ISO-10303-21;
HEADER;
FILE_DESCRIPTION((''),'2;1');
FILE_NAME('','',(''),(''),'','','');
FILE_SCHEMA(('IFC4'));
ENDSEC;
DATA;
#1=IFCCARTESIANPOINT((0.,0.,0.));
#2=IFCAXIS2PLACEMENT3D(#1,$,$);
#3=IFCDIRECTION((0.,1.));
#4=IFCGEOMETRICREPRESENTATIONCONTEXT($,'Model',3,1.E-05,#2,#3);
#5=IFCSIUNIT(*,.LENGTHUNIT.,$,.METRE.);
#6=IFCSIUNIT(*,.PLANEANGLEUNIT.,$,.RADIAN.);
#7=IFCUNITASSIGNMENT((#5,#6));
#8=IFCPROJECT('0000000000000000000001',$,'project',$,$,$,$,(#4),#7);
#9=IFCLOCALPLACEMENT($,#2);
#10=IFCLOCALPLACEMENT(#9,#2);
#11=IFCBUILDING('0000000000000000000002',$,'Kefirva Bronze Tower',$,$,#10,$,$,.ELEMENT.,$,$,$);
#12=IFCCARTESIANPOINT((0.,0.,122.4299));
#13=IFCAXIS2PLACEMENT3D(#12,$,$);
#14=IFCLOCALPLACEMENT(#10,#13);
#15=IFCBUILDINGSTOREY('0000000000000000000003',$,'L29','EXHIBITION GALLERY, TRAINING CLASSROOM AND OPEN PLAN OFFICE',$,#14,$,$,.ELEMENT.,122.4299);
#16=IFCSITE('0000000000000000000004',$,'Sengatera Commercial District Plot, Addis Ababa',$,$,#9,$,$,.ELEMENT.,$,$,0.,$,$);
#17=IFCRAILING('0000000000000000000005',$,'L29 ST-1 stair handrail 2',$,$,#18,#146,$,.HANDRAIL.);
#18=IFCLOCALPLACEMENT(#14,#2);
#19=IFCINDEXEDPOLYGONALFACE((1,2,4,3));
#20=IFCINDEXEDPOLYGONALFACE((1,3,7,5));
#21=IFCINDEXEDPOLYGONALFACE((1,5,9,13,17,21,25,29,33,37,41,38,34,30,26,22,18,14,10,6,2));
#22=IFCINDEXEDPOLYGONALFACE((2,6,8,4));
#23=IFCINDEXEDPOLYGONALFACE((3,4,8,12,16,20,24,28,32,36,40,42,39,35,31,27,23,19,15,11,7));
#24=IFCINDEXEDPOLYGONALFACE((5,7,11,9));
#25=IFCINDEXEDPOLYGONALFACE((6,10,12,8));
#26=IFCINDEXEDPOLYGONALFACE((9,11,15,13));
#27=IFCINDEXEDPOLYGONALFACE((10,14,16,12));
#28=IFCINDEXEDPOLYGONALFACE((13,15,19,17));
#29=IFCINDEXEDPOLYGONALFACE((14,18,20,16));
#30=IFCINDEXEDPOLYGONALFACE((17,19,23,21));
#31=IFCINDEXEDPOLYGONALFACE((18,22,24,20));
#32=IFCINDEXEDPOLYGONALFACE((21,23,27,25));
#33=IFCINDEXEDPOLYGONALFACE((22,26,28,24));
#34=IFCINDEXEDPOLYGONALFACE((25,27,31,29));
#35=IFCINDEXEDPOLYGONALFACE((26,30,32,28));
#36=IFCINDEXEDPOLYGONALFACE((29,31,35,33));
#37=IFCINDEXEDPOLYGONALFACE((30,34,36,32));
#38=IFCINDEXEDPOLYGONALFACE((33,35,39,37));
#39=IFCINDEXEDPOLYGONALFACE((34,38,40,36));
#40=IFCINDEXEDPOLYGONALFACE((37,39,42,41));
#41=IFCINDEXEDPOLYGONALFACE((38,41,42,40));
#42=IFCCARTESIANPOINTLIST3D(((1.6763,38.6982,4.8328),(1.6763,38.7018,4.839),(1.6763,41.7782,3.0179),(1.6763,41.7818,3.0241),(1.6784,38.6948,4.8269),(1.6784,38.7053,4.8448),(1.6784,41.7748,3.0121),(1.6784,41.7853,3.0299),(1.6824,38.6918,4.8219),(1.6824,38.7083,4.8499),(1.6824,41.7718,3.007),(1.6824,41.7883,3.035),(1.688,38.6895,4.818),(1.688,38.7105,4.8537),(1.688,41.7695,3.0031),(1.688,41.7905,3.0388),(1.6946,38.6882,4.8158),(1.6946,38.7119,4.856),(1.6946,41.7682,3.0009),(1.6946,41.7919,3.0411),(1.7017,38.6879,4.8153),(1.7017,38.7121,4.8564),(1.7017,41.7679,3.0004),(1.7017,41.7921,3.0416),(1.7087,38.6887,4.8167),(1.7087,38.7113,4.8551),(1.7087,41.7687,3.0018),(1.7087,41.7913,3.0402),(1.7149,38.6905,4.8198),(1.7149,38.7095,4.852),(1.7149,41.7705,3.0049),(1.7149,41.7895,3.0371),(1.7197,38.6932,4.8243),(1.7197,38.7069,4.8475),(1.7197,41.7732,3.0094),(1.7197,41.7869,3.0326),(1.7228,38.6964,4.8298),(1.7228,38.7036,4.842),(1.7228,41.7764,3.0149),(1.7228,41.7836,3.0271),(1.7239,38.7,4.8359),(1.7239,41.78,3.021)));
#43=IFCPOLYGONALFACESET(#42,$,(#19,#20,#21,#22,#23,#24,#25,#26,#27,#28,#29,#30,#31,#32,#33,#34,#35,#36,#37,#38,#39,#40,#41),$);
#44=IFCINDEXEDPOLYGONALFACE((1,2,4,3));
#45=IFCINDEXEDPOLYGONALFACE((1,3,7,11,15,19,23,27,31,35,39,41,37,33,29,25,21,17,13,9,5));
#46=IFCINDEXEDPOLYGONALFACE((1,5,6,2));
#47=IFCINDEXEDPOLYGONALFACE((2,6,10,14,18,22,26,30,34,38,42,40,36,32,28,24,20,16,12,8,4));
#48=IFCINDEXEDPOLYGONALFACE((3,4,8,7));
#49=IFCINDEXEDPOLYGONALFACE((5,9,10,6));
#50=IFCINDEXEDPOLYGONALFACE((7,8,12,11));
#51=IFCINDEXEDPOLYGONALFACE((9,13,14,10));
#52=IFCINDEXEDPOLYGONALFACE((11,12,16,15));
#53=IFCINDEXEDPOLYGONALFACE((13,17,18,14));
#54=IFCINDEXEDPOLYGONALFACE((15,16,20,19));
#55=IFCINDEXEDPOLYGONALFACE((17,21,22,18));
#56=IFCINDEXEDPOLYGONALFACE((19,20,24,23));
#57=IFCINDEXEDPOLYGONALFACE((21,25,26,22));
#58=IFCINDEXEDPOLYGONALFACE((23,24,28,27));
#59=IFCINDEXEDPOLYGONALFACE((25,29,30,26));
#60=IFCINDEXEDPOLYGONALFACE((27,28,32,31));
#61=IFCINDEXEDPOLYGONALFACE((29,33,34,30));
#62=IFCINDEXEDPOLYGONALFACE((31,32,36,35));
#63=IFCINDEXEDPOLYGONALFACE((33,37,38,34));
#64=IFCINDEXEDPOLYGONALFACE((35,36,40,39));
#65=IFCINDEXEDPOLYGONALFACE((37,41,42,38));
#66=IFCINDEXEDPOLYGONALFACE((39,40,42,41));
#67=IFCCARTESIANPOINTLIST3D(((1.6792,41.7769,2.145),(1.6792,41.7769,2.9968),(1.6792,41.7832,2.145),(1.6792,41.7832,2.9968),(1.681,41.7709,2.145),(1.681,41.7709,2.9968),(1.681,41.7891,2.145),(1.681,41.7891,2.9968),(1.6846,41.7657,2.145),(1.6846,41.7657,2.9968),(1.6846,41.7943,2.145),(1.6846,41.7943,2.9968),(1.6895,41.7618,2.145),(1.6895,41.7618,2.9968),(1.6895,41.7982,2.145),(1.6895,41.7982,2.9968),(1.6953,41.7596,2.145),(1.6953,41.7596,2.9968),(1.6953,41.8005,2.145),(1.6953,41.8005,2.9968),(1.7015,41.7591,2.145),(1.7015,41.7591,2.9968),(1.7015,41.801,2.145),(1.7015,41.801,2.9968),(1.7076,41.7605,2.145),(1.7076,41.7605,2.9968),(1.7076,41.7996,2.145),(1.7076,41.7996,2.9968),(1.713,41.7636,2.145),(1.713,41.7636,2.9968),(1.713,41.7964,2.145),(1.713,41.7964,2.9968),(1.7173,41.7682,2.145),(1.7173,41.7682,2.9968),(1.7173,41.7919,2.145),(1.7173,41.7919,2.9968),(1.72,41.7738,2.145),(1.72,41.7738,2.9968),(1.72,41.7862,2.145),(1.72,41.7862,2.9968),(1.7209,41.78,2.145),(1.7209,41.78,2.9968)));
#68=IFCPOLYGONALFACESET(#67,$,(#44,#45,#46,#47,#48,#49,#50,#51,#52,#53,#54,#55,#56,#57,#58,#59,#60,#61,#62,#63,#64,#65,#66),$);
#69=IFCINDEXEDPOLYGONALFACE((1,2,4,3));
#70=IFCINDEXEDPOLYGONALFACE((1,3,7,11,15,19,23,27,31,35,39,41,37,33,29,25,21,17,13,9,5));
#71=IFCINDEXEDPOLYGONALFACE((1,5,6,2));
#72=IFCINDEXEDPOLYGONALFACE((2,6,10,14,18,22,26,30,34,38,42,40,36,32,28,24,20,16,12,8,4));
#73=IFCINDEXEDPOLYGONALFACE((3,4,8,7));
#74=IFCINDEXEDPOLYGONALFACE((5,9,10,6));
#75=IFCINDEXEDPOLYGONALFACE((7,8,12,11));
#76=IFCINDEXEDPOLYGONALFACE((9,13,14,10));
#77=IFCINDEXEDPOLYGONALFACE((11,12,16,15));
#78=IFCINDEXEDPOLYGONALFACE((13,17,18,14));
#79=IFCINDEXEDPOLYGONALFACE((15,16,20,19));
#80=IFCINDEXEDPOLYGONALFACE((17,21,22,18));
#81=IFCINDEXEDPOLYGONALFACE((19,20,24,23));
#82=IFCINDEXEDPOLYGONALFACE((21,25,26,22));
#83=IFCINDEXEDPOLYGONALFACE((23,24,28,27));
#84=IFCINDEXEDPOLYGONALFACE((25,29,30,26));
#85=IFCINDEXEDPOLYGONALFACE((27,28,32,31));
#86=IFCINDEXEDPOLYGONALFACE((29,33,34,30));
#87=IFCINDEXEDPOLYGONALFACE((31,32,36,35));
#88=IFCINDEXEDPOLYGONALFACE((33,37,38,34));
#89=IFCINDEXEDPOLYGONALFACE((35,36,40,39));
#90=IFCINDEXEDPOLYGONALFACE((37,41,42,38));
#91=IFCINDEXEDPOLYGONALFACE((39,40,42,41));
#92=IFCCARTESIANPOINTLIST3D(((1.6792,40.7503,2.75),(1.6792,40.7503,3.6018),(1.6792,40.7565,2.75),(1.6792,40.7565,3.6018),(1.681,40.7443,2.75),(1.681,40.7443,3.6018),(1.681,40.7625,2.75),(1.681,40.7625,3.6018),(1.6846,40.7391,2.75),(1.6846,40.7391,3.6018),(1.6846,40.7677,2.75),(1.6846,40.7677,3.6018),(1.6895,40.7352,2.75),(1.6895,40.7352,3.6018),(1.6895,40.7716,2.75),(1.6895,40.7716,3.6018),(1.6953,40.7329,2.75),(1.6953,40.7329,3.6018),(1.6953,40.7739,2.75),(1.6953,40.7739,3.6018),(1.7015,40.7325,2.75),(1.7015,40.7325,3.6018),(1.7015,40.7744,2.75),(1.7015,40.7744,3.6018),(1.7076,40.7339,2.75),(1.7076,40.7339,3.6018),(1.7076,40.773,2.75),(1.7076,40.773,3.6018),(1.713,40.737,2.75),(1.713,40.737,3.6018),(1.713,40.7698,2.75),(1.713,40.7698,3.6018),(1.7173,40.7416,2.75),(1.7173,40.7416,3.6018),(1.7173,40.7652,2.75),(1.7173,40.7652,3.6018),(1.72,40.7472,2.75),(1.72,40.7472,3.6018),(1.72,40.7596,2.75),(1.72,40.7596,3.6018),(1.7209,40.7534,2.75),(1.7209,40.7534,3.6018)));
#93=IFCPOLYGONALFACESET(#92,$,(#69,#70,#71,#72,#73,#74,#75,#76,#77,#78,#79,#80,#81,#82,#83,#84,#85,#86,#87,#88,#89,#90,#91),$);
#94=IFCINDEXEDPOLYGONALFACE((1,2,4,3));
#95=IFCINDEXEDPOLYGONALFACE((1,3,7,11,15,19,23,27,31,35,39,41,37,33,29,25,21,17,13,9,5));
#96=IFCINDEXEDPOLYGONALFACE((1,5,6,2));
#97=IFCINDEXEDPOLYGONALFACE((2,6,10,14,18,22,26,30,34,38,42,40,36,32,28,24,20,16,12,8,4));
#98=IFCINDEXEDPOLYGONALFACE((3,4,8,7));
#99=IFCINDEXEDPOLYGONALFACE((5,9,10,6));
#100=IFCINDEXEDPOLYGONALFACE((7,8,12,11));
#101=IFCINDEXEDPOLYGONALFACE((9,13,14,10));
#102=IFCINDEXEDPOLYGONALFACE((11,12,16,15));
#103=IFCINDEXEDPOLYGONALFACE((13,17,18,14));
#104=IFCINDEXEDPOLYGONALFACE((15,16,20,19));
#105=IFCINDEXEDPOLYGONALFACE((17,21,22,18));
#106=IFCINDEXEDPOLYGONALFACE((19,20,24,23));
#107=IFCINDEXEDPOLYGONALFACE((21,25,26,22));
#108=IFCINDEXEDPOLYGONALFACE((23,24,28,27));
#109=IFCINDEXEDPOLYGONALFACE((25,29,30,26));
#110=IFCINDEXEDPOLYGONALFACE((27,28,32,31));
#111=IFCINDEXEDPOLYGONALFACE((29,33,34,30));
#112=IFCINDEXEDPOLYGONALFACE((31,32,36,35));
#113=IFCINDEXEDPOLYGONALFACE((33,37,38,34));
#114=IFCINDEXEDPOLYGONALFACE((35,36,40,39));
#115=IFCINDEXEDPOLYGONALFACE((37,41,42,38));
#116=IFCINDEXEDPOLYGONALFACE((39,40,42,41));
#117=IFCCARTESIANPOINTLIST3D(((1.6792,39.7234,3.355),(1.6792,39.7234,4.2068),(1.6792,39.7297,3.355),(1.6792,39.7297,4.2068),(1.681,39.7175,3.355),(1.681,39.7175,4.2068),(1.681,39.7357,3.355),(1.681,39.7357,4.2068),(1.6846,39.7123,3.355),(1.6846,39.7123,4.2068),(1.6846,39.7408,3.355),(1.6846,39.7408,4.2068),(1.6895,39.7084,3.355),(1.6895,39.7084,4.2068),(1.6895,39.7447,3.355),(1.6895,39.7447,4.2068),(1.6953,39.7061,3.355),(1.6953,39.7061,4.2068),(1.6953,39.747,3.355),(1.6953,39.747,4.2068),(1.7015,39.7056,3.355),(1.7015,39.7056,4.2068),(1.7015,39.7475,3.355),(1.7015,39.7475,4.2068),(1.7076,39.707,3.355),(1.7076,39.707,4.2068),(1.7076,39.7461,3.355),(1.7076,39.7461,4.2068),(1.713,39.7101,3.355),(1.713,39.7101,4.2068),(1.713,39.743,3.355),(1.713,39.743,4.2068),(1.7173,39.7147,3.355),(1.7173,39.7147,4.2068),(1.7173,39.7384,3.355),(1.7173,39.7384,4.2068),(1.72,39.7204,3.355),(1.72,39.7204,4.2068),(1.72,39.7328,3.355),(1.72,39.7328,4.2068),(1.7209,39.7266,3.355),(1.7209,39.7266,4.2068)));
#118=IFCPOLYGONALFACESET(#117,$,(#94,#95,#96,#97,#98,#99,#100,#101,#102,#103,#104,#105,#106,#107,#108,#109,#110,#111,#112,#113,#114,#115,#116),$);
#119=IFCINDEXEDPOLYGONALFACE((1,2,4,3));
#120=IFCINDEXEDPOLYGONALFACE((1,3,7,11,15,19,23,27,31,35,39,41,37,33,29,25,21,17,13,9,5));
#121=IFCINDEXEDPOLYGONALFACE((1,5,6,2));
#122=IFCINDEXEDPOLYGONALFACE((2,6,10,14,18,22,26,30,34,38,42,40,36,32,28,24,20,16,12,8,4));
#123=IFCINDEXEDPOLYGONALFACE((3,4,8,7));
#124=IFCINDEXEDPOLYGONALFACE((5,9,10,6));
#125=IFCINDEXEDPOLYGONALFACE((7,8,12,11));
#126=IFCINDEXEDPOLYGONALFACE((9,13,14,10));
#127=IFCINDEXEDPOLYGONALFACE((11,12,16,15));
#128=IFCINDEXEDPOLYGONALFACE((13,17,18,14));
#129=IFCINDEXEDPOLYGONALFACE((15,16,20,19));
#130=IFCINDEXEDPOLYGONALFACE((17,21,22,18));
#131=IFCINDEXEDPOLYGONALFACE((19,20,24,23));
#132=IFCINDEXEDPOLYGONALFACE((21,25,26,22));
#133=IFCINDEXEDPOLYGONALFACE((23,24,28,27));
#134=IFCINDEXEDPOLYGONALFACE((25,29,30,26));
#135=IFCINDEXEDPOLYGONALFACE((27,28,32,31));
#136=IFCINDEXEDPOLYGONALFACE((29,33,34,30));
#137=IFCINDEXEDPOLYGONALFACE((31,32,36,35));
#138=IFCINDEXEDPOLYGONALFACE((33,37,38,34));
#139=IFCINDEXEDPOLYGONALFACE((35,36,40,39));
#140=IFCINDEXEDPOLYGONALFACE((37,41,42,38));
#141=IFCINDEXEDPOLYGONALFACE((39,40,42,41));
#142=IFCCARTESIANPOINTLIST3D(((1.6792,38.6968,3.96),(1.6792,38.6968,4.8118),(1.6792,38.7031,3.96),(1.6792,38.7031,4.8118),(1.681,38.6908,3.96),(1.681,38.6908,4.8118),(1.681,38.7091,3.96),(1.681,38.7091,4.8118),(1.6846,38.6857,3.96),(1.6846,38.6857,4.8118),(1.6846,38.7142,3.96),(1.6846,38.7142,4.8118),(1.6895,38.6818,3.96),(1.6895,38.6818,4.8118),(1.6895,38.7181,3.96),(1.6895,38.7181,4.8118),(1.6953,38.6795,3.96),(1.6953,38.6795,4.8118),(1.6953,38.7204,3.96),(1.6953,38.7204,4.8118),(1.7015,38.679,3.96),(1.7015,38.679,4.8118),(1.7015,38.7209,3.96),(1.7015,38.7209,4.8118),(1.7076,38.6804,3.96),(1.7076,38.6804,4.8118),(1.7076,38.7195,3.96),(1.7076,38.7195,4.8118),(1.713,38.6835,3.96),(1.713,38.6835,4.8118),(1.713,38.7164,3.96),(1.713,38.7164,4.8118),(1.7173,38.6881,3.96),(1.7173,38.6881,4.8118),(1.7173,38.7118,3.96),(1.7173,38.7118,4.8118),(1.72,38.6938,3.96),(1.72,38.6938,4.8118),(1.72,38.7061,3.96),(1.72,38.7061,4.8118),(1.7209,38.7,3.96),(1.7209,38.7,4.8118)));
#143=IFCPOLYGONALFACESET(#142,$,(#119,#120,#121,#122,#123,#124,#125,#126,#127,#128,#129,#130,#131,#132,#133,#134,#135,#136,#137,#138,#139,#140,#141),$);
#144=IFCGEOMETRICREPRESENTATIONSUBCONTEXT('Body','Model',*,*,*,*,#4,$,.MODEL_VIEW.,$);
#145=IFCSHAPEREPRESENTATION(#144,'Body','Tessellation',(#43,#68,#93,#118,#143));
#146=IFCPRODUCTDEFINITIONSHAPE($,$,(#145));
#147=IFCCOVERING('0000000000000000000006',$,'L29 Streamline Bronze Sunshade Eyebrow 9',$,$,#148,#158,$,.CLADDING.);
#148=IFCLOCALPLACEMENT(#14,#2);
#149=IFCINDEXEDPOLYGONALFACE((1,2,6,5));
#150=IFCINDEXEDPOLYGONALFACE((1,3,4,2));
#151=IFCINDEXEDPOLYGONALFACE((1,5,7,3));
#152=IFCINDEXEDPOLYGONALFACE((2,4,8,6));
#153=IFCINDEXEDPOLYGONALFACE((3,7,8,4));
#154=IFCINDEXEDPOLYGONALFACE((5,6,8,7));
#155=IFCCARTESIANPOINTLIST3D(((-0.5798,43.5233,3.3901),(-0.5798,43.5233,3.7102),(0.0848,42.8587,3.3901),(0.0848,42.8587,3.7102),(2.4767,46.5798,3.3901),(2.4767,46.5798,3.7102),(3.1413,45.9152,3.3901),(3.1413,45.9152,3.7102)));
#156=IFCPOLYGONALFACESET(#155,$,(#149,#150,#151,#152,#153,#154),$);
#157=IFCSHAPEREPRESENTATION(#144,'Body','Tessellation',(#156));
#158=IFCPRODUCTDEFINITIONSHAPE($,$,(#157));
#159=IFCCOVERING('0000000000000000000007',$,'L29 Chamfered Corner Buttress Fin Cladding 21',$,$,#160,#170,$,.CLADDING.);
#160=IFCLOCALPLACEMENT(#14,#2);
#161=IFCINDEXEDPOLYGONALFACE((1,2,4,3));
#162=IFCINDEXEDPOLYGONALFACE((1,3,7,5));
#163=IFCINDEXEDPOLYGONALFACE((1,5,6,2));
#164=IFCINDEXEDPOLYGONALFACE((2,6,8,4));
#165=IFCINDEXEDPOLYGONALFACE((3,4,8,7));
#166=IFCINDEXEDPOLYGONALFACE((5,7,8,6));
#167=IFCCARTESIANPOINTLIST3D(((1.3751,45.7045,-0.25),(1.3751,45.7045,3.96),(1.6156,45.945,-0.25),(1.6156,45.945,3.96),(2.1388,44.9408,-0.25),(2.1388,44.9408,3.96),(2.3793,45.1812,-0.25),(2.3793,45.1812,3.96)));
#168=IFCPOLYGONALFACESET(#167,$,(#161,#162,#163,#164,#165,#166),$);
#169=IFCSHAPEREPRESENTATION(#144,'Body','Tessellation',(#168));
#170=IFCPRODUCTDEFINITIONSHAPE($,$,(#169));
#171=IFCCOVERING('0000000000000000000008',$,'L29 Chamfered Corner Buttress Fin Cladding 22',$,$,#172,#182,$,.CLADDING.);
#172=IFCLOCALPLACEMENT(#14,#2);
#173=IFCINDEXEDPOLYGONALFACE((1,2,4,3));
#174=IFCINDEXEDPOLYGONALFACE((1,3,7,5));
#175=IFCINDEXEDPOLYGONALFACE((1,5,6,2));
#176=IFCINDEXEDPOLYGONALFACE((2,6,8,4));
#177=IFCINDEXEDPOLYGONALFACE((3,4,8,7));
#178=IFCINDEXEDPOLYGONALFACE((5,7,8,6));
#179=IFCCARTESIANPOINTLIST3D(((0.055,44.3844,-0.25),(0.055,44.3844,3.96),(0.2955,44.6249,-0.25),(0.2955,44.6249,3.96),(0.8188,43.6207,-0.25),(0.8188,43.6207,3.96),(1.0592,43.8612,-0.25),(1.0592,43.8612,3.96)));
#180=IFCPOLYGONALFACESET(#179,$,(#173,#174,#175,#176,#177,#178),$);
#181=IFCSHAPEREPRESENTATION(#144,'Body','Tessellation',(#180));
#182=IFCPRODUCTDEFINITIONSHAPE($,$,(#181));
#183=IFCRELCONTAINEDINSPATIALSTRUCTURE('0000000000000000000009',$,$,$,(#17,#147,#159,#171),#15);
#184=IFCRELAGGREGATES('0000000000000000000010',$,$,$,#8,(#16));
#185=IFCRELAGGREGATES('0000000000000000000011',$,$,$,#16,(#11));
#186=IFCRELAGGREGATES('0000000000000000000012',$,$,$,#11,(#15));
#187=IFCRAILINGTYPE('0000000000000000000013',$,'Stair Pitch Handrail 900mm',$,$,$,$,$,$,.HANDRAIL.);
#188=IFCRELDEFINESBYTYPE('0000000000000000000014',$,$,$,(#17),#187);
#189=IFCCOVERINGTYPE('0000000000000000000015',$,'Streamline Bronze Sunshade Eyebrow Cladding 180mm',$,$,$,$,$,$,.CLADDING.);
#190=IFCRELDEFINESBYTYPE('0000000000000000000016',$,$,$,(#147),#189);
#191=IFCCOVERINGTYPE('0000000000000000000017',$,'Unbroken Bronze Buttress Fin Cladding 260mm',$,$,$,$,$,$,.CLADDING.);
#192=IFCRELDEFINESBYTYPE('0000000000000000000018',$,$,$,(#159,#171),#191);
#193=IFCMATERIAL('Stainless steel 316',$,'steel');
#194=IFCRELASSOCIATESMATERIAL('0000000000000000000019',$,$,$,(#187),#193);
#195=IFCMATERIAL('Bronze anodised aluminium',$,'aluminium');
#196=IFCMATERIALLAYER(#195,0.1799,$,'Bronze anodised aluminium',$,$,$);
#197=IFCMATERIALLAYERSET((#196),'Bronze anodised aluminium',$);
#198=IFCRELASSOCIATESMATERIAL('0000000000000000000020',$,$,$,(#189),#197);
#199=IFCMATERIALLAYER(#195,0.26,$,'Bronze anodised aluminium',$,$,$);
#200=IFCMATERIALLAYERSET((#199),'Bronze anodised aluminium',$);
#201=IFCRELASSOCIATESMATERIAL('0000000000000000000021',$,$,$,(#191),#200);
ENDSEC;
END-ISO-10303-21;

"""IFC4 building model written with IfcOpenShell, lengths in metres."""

from ifc_helpers import new_model, si_unit, direction, frame, origin, origin_2d, place, context, subcontext, project, spatial, rectangle, circle, extrude, material, layer, layer_set, type_object, element, save


model = new_model("IFC4")

# Units and contexts
model_context = context("Model", 3, precision=1e-05, world=origin(), true_north=direction((0.0, 1.0)))
body_context = subcontext(model_context, "Body", "Model", "MODEL_VIEW")
ifc_project = project(units=[si_unit("LENGTHUNIT", "METRE"), si_unit("PLANEANGLEUNIT", "RADIAN")], contexts=[model_context])

# Site, building, storey
site_placement = place(None, origin())
site = spatial("IfcSite", under=ifc_project, at=site_placement, Name="Sengatera Commercial District Plot, Addis Ababa", CompositionType="ELEMENT", RefElevation=0.0)
building_placement = place(site_placement, origin())
building = spatial("IfcBuilding", under=site, at=building_placement, Name="Kefirva Bronze Tower", CompositionType="ELEMENT")
storey_placement = place(building_placement, frame((0.0, 0.0, 122.4299)))
storey = spatial("IfcBuildingStorey", under=building, at=storey_placement, Name="L29", Description="EXHIBITION GALLERY, TRAINING CLASSROOM AND OPEN PLAN OFFICE", CompositionType="ELEMENT", Elevation=122.4299)

# Shared definitions
ifc_material_1 = material(Name="Bronze anodised aluminium", Category="aluminium")

# Railing
ifc_material_2 = material(Name="Stainless steel 316", Category="steel")
railing_type_1 = type_object("IfcRailingType", Name="Stair Pitch Handrail 900mm", PredefinedType="HANDRAIL", material=ifc_material_2)
railing_1_placement = place(storey_placement, frame((1.7, 41.78, 2.145)))
element("IfcRailing", 1, at=railing_1_placement, inside=storey, type_object=railing_type_1, Name="L29 ST-1 stair handrail 2", PredefinedType="HANDRAIL", context=body_context, shape_type="SweptSolid", body=[
    extrude(circle(Radius=0.0239, at=origin_2d()), frame((0.0, 0.0, 0.876), z_axis=(0.0, -0.861551, 0.507671), x_axis=(1.0, 0.0, 0.0)), (0.0, 0.0, 1.0), 3.575),
    extrude(circle(Radius=0.021, at=origin_2d()), origin(), (0.0, 0.0, 1.0), 0.8518),
    extrude(circle(Radius=0.021, at=origin_2d()), frame((0.0, -1.0266, 0.605)), (0.0, 0.0, 1.0), 0.8518),
    extrude(circle(Radius=0.021, at=origin_2d()), frame((0.0, -2.0535, 1.21)), (0.0, 0.0, 1.0), 0.8518),
    extrude(circle(Radius=0.021, at=origin_2d()), frame((0.0, -3.0801, 1.8149)), (0.0, 0.0, 1.0), 0.8518),
])

# Coverings
ifc_layer_1 = layer(ifc_material_1, 0.1799, Name="Bronze anodised aluminium")
ifc_layer_set_1 = layer_set([ifc_layer_1], Name="Bronze anodised aluminium")
covering_type_1 = type_object("IfcCoveringType", Name="Streamline Bronze Sunshade Eyebrow Cladding 180mm", PredefinedType="CLADDING", material=ifc_layer_set_1)
covering_1_placement = place(storey_placement, frame((1.2808, 44.7192, 3.3901), z_axis=(0.0, 0.0, 1.0), x_axis=(-0.707107, -0.707107, 0.0)))
element("IfcCovering", 2, at=covering_1_placement, inside=storey, type_object=covering_type_1, Name="L29 Streamline Bronze Sunshade Eyebrow 9", PredefinedType="CLADDING", context=body_context, shape_type="SweptSolid", body=[
    extrude(rectangle(XDim=4.3225, YDim=0.9399, at=origin_2d()), origin(), (0.0, 0.0, 1.0), 0.3201),
])
ifc_layer_2 = layer(ifc_material_1, 0.26, Name="Bronze anodised aluminium")
ifc_layer_set_2 = layer_set([ifc_layer_2], Name="Bronze anodised aluminium")
covering_type_2 = type_object("IfcCoveringType", Name="Unbroken Bronze Buttress Fin Cladding 260mm", PredefinedType="CLADDING", material=ifc_layer_set_2)
for number, where, z_axis, x_axis, name in (
    (3, (1.8772, 45.4429, -0.25), (0.0, 0.0, 1.0), (-0.707107, -0.707107, 0.0), "L29 Chamfered Corner Buttress Fin Cladding 21"),
    (4, (0.5571, 44.1228, -0.25), (0.0, 0.0, 1.0), (-0.707107, -0.707107, 0.0), "L29 Chamfered Corner Buttress Fin Cladding 22"),
):
    element("IfcCovering", number, at=place(storey_placement, frame(where, z_axis=z_axis, x_axis=x_axis)), inside=storey, type_object=covering_type_2, Name=name, PredefinedType="CLADDING", context=body_context, shape_type="SweptSolid", body=[
        extrude(rectangle(XDim=0.3401, YDim=1.0801, at=origin_2d()), origin(), (0.0, 0.0, 1.0), 4.21),
    ])

save(model, "model.ifc")
